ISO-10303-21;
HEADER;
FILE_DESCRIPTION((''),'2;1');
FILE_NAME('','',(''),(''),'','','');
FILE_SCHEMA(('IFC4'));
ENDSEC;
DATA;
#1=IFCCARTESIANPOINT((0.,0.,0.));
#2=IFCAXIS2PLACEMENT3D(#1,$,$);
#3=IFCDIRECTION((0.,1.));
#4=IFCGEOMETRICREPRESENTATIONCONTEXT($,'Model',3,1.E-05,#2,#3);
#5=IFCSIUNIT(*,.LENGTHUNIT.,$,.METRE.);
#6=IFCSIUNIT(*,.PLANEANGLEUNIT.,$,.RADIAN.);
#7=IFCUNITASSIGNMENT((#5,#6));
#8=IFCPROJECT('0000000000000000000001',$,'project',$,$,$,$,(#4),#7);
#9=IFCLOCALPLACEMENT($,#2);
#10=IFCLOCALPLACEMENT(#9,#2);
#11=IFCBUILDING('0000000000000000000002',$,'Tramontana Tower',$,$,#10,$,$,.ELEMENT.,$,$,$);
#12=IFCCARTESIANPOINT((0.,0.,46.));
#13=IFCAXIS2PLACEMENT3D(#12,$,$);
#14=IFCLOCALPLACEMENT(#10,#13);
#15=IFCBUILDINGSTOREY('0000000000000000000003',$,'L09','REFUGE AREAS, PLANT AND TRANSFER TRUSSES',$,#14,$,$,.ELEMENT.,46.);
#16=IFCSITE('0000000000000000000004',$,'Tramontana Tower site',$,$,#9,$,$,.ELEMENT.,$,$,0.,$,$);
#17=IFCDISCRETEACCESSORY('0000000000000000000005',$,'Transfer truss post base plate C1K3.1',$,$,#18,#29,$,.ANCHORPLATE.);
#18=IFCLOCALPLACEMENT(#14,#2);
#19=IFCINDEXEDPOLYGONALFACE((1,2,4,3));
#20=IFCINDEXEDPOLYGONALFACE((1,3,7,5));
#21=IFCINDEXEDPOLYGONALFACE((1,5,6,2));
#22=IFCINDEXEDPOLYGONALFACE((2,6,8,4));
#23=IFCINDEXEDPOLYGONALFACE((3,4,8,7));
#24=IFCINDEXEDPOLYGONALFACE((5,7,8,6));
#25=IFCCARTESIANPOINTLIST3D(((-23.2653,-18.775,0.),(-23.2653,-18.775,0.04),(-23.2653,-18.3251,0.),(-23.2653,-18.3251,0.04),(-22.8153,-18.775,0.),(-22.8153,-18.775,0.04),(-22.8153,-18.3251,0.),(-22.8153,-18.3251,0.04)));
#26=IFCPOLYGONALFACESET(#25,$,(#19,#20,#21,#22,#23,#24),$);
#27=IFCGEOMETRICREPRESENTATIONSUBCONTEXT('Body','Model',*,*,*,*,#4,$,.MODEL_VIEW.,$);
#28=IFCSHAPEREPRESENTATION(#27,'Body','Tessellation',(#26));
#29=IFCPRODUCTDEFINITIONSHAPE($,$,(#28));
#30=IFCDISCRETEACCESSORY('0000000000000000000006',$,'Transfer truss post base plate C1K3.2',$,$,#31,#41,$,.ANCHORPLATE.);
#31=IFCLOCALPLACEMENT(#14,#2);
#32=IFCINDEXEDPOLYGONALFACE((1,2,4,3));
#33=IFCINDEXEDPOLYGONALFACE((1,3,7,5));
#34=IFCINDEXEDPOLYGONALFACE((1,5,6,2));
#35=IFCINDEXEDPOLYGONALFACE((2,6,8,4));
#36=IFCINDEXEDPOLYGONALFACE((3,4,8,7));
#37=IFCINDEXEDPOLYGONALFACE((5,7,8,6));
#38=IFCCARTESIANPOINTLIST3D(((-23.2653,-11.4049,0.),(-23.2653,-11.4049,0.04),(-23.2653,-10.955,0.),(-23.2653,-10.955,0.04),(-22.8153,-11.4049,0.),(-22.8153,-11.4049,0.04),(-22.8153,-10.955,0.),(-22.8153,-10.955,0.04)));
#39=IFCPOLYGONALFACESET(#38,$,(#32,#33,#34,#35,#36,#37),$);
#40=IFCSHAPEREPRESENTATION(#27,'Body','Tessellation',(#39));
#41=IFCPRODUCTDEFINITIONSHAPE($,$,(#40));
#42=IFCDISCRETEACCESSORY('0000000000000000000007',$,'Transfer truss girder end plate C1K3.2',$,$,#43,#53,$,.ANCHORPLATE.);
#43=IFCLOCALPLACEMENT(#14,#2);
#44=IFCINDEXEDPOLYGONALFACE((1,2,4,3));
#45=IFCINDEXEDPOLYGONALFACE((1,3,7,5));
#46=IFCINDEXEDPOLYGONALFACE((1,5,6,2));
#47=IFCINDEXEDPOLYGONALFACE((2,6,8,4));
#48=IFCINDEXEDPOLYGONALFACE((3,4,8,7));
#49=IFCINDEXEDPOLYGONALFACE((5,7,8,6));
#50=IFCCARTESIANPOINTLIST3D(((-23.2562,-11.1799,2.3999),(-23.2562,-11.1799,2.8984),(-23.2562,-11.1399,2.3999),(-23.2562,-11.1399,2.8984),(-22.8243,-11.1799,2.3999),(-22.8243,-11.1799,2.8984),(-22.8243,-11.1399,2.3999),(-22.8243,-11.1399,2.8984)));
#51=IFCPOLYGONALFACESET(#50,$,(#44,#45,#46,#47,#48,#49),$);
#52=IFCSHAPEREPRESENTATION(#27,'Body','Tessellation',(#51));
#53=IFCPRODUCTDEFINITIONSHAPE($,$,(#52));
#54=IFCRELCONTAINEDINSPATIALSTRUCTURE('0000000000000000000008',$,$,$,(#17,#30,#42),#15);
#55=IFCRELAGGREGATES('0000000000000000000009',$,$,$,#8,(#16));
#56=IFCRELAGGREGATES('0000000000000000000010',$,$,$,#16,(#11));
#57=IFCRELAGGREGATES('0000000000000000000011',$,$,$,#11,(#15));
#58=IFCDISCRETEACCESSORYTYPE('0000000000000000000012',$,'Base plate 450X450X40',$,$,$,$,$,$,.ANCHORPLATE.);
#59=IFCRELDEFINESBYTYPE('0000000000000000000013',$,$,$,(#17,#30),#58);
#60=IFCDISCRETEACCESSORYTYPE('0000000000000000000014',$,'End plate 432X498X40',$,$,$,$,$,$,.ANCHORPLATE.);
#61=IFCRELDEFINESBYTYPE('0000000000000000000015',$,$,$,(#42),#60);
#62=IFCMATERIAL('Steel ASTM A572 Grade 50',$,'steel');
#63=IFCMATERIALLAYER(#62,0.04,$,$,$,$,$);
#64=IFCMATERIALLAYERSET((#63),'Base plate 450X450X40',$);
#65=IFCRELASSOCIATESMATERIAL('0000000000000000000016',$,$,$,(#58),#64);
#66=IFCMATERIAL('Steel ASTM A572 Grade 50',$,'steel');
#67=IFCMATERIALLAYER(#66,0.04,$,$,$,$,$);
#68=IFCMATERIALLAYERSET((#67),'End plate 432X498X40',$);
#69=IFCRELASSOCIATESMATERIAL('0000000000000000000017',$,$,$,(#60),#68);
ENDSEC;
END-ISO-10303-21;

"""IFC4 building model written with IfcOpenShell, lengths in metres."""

from ifc_helpers import new_model, si_unit, direction, frame, origin, origin_2d, place, context, subcontext, project, spatial, rectangle, extrude, material, layer, layer_set, type_object, element, save


model = new_model("IFC4")

# Units and contexts
model_context = context("Model", 3, precision=1e-05, world=origin(), true_north=direction((0.0, 1.0)))
body_context = subcontext(model_context, "Body", "Model", "MODEL_VIEW")
ifc_project = project(units=[si_unit("LENGTHUNIT", "METRE"), si_unit("PLANEANGLEUNIT", "RADIAN")], contexts=[model_context])

# Site, building, storey
site_placement = place(None, origin())
site = spatial("IfcSite", under=ifc_project, at=site_placement, Name="Tramontana Tower site", CompositionType="ELEMENT", RefElevation=0.0)
building_placement = place(site_placement, origin())
building = spatial("IfcBuilding", under=site, at=building_placement, Name="Tramontana Tower", CompositionType="ELEMENT")
storey_placement = place(building_placement, frame((0.0, 0.0, 46.0)))
storey = spatial("IfcBuildingStorey", under=building, at=storey_placement, Name="L09", Description="REFUGE AREAS, PLANT AND TRANSFER TRUSSES", CompositionType="ELEMENT", Elevation=46.0)

# Discrete accessories
ifc_material_1 = material(Name="Steel ASTM A572 Grade 50", Category="steel")
ifc_layer_1 = layer(ifc_material_1, 0.04)
ifc_layer_set_1 = layer_set([ifc_layer_1], Name="Base plate 450X450X40")
discrete_accessory_type_1 = type_object("IfcDiscreteAccessoryType", Name="Base plate 450X450X40", PredefinedType="ANCHORPLATE", material=ifc_layer_set_1)
for number, where, z_axis, x_axis, name in (
    (1, (-23.0403, -18.55, 0.0), (0.0, 0.0, 1.0), (1.0, 0.0, 0.0), "Transfer truss post base plate C1K3.1"),
    (2, (-23.0403, -11.1799, 0.0), (0.0, 0.0, 1.0), (1.0, 0.0, 0.0), "Transfer truss post base plate C1K3.2"),
):
    element("IfcDiscreteAccessory", number, at=place(storey_placement, frame(where, z_axis=z_axis, x_axis=x_axis)), inside=storey, type_object=discrete_accessory_type_1, Name=name, PredefinedType="ANCHORPLATE", context=body_context, shape_type="SweptSolid", body=[
        extrude(rectangle(XDim=0.45, YDim=0.45, at=origin_2d()), origin(), (0.0, 0.0, 1.0), 0.04),
    ])
ifc_material_2 = material(Name="Steel ASTM A572 Grade 50", Category="steel")
ifc_layer_2 = layer(ifc_material_2, 0.04)
ifc_layer_set_2 = layer_set([ifc_layer_2], Name="End plate 432X498X40")
discrete_accessory_type_2 = type_object("IfcDiscreteAccessoryType", Name="End plate 432X498X40", PredefinedType="ANCHORPLATE", material=ifc_layer_set_2)
discrete_accessory_placement = place(storey_placement, frame((-23.0403, -11.1599, 2.3999), z_axis=(0.0, 0.0, 1.0), x_axis=(1.0, 0.0, 0.0)))
element("IfcDiscreteAccessory", 3, at=discrete_accessory_placement, inside=storey, type_object=discrete_accessory_type_2, Name="Transfer truss girder end plate C1K3.2", PredefinedType="ANCHORPLATE", context=body_context, shape_type="SweptSolid", body=[
    extrude(rectangle(XDim=0.4319, YDim=0.04, at=origin_2d()), origin(), (0.0, 0.0, 1.0), 0.4985),
])

save(model, "model.ifc")
